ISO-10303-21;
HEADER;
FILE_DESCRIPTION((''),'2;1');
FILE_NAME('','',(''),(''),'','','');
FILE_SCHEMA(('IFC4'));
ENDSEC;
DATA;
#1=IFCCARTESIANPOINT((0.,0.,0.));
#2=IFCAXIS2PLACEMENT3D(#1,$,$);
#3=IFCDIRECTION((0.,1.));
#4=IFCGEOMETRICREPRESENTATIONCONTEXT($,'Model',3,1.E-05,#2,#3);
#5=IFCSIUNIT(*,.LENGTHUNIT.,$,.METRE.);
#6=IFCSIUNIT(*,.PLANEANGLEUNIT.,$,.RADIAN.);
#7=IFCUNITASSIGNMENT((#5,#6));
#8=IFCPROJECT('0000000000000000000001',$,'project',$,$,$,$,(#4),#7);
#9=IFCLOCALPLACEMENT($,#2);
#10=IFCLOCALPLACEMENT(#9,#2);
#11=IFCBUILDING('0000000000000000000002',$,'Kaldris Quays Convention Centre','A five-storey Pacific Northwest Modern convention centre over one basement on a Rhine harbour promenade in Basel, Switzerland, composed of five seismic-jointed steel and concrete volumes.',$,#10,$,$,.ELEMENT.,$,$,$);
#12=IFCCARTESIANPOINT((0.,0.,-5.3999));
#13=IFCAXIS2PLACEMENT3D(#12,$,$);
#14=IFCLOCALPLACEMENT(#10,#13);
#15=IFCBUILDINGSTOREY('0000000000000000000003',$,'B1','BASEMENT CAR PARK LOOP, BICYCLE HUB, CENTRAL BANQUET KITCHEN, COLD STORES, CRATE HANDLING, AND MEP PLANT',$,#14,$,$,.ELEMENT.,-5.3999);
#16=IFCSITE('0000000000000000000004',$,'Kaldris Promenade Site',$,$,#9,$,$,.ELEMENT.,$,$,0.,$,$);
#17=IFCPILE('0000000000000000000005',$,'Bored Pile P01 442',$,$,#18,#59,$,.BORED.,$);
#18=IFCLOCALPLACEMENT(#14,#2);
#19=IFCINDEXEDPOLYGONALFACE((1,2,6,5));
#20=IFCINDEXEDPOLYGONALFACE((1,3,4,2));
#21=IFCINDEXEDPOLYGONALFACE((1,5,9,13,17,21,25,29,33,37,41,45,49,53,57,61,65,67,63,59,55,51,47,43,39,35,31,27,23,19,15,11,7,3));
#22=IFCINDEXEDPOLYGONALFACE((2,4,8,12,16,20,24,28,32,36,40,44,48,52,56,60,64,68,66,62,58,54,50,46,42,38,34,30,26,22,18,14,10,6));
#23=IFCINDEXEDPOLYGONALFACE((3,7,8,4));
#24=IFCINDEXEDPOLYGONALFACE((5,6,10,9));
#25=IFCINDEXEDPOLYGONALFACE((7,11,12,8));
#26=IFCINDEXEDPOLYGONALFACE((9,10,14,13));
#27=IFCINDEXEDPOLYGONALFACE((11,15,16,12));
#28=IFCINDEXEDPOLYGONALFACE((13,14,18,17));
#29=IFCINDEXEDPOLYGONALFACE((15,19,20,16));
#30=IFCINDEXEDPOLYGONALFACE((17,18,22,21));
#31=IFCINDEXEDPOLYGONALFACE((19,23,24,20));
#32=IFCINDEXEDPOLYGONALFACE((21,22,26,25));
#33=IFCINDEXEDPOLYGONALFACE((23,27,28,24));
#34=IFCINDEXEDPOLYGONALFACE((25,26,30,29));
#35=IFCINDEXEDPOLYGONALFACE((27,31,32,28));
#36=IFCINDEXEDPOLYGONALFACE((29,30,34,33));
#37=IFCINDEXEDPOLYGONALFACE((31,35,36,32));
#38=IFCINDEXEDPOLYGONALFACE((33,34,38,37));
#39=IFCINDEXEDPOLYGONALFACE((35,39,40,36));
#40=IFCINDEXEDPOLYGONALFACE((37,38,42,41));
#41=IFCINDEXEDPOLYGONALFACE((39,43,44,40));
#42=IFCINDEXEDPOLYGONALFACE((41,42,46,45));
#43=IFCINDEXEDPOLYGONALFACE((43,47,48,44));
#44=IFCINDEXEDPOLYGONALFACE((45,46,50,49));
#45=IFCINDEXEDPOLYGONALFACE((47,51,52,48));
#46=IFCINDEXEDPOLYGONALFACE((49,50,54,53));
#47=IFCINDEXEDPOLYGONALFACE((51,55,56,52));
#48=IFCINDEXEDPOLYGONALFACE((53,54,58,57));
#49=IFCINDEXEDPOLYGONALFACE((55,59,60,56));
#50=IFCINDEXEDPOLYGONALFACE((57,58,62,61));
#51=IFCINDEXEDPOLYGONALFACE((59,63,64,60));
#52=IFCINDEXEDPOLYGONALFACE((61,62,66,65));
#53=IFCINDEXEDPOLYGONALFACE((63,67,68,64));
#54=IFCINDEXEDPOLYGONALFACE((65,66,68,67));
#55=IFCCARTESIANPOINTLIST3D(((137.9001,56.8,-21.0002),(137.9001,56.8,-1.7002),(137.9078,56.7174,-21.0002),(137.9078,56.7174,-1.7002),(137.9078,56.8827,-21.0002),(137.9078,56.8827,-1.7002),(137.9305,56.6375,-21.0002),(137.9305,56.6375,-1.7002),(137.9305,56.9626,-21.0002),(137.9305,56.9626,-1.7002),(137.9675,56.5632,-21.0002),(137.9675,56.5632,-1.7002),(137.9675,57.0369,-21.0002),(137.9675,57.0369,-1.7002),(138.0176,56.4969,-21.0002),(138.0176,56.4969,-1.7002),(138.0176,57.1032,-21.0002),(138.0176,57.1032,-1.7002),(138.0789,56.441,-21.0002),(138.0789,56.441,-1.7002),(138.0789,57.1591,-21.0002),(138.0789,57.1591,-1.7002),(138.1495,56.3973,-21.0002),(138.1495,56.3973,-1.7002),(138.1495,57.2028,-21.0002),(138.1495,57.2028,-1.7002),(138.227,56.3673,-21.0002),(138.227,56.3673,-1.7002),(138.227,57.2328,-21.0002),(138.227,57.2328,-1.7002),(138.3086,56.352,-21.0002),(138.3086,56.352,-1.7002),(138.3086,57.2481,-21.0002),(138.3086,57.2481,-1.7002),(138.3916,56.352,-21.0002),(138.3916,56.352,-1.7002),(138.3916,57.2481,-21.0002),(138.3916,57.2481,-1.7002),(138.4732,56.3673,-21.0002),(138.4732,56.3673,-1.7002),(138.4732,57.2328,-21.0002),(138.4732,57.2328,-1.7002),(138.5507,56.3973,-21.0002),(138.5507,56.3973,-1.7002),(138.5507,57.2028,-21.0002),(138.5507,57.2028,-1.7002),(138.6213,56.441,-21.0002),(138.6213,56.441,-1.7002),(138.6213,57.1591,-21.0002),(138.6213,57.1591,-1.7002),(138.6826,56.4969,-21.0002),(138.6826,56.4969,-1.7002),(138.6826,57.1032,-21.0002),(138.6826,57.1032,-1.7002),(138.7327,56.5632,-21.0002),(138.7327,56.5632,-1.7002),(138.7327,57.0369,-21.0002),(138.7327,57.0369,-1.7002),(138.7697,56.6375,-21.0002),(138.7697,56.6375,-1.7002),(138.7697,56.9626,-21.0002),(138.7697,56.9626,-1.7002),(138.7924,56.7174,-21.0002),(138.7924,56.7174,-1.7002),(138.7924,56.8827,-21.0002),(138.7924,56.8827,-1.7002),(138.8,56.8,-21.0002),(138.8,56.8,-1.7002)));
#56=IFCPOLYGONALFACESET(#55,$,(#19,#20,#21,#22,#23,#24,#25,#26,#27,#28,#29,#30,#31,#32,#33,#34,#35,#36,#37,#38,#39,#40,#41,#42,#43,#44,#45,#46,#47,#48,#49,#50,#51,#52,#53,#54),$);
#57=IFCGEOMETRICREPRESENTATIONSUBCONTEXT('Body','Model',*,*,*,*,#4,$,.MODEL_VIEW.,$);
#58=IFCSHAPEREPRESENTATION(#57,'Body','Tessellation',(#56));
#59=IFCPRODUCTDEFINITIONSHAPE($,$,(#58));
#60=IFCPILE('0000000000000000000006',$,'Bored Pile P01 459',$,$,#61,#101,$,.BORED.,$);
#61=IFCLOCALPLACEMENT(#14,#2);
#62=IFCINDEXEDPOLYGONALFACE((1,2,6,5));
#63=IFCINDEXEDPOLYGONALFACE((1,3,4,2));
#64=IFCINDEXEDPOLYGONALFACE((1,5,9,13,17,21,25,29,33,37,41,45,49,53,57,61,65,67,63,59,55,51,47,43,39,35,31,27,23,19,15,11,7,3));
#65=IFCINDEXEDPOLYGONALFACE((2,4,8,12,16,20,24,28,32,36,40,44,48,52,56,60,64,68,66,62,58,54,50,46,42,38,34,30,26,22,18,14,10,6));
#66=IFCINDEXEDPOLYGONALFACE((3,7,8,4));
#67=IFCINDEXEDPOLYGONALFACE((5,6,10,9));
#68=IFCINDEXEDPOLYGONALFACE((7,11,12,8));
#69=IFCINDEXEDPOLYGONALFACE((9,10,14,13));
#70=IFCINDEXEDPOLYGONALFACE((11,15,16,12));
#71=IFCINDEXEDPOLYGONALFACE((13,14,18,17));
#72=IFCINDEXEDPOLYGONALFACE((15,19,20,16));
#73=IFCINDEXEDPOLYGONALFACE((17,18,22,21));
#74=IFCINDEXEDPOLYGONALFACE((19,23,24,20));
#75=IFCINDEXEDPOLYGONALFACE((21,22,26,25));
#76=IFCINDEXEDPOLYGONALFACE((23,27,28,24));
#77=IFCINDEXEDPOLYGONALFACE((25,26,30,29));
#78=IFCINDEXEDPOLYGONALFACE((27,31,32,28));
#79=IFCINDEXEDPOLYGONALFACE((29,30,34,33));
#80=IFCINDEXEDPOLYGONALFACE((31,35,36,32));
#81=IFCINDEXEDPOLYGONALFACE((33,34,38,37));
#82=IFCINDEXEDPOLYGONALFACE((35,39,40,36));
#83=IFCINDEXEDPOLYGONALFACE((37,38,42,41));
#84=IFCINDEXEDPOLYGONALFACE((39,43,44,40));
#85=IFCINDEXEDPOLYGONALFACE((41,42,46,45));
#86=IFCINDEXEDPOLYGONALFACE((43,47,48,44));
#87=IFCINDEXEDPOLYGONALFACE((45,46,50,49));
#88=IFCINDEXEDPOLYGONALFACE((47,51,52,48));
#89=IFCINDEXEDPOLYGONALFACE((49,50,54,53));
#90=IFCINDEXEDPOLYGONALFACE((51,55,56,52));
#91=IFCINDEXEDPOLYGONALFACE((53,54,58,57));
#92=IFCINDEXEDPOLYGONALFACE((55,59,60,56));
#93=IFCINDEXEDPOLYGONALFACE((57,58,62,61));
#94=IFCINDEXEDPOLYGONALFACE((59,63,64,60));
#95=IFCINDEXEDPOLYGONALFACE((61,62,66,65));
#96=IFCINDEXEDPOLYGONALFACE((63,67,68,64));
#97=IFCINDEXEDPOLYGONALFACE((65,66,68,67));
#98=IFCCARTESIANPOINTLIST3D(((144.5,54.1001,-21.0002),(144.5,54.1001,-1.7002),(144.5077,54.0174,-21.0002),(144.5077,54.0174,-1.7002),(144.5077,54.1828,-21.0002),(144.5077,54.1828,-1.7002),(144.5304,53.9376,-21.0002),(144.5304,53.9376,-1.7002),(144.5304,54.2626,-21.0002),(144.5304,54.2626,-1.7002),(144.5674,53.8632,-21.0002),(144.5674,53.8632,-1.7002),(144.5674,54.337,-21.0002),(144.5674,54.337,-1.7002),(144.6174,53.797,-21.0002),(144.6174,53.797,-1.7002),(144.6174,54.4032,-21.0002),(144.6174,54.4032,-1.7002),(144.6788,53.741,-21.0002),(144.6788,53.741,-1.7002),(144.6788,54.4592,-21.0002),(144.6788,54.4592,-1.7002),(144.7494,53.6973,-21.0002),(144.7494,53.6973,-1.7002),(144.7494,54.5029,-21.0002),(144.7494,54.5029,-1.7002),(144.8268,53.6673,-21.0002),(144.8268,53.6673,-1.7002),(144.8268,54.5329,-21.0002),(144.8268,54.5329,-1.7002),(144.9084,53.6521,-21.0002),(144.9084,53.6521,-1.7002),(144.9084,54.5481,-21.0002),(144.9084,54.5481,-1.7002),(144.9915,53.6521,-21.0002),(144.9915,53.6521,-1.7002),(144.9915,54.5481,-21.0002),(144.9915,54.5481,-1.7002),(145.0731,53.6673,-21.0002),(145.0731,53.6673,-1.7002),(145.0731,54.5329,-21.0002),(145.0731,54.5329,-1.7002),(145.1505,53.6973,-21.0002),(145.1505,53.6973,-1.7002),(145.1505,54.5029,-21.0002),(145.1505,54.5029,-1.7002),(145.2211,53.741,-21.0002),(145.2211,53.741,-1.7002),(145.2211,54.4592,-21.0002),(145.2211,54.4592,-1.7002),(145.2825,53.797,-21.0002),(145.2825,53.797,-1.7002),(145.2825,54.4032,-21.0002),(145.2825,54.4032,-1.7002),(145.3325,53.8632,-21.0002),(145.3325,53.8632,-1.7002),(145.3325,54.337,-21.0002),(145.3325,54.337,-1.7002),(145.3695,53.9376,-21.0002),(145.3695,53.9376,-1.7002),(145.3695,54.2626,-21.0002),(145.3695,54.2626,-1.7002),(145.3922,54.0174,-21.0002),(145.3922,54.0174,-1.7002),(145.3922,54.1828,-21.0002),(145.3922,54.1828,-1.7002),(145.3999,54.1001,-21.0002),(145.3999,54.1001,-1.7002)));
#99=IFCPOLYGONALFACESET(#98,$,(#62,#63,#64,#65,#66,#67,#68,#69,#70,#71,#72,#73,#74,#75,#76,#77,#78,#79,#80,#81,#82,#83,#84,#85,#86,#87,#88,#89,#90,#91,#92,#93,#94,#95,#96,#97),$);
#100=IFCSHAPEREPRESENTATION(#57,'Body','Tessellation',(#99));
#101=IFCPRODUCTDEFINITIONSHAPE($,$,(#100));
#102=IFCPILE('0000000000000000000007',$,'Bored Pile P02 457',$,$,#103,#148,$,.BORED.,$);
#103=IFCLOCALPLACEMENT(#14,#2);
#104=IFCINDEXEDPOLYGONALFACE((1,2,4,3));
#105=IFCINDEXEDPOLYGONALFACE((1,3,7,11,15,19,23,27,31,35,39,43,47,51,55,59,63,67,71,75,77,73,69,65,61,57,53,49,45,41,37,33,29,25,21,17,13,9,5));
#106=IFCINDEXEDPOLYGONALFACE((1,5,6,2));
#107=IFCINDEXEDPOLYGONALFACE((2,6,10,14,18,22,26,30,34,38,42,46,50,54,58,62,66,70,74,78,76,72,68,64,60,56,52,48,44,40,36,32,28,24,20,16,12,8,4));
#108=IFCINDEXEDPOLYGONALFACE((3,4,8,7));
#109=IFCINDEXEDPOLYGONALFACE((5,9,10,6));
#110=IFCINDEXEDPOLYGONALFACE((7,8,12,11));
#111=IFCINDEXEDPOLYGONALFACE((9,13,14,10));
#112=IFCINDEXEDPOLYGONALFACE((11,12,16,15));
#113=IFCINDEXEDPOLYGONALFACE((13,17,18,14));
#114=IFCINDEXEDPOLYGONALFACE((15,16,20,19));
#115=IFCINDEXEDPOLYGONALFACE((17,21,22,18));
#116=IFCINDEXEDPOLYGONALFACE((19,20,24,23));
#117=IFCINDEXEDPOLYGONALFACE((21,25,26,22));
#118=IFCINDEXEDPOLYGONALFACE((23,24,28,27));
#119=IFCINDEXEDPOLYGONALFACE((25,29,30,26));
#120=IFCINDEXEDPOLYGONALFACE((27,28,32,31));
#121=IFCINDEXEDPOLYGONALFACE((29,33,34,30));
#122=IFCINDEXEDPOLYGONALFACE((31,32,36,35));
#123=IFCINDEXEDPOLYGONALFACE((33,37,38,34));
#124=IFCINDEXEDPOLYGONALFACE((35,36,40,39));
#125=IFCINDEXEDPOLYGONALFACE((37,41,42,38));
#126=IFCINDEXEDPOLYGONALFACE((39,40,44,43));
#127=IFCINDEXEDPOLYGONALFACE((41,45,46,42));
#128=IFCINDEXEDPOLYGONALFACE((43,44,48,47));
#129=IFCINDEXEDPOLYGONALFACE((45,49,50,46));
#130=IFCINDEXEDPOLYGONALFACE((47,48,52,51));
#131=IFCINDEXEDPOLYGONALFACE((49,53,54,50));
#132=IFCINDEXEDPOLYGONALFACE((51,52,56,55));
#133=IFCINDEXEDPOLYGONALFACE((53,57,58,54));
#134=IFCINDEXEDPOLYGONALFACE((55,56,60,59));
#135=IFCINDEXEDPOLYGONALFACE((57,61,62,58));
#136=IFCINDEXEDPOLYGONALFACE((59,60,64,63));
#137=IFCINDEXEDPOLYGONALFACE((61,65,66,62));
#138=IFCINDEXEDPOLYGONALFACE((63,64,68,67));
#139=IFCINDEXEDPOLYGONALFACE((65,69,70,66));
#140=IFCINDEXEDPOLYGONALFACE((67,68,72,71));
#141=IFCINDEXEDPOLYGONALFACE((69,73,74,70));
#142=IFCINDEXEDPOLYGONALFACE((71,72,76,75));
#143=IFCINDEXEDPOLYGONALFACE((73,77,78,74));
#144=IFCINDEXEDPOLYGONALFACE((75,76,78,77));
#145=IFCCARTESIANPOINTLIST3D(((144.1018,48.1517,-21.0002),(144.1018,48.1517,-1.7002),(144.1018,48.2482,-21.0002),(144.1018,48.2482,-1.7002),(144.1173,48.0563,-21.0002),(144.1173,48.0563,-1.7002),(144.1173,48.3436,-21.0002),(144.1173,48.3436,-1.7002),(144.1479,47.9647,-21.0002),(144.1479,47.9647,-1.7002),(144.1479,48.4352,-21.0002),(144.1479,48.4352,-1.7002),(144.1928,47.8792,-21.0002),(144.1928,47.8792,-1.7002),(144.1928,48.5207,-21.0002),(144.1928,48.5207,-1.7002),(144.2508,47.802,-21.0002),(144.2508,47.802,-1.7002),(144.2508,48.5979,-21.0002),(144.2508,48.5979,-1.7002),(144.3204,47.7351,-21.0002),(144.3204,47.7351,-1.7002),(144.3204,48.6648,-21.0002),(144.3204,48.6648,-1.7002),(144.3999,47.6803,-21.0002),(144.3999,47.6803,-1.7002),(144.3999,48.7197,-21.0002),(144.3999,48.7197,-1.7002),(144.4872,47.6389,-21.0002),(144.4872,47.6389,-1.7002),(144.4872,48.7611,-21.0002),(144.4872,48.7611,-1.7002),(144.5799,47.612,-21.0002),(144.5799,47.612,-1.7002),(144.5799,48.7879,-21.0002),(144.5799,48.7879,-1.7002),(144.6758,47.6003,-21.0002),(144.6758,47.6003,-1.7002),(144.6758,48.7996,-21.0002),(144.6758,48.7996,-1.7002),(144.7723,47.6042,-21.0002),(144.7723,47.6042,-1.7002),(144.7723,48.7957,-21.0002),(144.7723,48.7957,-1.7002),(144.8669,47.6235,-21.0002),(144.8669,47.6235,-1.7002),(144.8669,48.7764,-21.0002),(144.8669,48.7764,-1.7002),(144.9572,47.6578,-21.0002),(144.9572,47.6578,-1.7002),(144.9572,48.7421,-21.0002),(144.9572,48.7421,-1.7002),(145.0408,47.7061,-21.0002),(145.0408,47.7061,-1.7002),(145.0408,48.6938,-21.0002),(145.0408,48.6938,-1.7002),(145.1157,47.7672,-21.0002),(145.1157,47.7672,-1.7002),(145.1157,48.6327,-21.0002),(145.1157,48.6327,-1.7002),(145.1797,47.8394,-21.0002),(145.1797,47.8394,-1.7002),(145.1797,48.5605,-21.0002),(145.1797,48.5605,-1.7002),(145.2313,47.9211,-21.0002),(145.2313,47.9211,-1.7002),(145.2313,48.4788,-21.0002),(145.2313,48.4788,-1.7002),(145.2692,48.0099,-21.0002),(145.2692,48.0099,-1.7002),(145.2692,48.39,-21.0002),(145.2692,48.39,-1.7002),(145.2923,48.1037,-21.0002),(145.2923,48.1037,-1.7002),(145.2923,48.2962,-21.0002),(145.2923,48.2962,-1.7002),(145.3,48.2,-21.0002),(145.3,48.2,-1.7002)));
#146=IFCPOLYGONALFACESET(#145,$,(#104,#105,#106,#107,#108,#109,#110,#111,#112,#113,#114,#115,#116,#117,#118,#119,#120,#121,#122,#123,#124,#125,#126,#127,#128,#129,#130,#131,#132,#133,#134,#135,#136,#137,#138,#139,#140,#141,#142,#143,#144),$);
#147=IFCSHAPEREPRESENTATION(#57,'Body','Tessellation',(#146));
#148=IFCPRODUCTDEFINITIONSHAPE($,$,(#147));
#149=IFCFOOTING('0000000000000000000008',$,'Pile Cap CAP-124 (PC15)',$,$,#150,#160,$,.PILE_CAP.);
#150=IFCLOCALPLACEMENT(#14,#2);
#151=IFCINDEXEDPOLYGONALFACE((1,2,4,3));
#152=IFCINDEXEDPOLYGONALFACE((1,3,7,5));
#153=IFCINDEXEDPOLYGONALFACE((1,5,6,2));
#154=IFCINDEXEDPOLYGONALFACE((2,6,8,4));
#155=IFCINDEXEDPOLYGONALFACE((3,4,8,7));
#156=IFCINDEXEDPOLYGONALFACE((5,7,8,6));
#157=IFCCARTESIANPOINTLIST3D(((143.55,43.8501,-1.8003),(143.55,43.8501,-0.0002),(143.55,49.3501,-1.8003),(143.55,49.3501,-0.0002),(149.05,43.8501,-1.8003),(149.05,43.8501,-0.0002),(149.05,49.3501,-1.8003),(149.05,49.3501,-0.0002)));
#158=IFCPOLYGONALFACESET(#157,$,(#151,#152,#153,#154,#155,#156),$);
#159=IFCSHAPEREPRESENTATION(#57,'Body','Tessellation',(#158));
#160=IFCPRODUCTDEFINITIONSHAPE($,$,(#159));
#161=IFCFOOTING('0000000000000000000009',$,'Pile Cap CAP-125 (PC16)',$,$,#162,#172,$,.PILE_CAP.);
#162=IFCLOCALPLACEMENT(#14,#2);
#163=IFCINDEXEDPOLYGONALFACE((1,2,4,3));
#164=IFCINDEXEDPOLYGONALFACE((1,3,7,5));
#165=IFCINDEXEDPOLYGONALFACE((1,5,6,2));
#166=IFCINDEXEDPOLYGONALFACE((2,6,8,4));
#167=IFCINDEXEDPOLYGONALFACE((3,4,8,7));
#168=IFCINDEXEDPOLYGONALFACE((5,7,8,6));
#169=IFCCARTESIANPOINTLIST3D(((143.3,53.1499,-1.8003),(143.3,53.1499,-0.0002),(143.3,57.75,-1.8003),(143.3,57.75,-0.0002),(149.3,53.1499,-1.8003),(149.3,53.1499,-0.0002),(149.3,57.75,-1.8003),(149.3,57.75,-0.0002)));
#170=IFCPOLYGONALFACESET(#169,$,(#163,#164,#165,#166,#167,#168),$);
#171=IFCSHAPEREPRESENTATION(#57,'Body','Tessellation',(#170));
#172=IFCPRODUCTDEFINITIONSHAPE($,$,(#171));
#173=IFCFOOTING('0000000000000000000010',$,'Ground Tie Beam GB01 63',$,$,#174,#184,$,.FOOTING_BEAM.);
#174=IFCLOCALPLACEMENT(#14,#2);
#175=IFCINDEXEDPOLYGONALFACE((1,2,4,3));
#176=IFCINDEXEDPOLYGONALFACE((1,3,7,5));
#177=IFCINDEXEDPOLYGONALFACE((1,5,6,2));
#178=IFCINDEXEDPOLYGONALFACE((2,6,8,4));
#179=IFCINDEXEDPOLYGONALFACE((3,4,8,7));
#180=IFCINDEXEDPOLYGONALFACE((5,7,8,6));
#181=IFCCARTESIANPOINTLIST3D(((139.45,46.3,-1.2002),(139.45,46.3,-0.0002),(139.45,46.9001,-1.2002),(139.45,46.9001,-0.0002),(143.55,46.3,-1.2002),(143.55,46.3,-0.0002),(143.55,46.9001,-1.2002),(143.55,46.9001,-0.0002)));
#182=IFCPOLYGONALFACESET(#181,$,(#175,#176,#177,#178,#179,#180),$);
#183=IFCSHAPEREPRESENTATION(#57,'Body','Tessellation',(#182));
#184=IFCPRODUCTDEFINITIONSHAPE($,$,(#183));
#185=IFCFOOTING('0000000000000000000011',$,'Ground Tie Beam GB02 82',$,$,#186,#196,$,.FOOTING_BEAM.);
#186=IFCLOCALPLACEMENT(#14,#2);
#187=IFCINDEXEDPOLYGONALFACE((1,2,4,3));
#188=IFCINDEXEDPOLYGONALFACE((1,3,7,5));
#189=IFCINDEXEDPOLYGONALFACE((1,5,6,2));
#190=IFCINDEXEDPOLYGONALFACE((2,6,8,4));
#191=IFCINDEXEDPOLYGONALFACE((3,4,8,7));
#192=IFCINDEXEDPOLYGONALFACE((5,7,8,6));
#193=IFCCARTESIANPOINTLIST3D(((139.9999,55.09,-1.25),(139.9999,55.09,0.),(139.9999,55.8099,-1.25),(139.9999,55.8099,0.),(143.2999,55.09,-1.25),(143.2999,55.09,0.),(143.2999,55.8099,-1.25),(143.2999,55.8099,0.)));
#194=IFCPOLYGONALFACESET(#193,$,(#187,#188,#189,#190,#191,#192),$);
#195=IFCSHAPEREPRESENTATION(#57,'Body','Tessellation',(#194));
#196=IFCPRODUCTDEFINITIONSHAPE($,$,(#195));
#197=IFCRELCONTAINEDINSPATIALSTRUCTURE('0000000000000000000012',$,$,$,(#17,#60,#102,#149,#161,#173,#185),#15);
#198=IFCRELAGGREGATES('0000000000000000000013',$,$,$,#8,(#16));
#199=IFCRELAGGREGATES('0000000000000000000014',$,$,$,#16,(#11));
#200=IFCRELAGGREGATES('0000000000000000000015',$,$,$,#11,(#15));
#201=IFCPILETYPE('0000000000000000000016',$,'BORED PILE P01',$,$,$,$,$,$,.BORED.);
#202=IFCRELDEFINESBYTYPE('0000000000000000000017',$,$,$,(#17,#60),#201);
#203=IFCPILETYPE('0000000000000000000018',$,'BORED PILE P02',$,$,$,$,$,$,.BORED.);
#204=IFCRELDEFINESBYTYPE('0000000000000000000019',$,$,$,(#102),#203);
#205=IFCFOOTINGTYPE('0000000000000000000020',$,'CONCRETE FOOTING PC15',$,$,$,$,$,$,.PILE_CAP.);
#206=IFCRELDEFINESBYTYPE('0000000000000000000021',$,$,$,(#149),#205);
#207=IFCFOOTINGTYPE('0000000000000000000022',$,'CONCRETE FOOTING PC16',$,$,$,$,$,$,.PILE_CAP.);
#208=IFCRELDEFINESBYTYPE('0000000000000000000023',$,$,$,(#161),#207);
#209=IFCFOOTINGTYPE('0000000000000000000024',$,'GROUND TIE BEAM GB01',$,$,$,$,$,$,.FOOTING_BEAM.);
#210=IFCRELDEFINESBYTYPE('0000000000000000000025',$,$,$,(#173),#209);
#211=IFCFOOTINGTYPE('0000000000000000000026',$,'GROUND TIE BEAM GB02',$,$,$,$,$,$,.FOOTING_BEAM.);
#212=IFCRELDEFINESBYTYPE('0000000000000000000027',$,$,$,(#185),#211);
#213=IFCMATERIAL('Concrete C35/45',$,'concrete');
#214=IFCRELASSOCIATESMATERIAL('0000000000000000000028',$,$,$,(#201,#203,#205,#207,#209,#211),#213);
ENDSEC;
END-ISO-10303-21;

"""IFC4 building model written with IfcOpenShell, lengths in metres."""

from ifc_helpers import new_model, si_unit, direction, frame, origin, origin_2d, place, context, subcontext, project, spatial, rectangle, circle, extrude, material, material_profile, profile_set, type_object, element, save


model = new_model("IFC4")

# Units and contexts
model_context = context("Model", 3, precision=1e-05, world=origin(), true_north=direction((0.0, 1.0)))
body_context = subcontext(model_context, "Body", "Model", "MODEL_VIEW")
ifc_project = project(units=[si_unit("LENGTHUNIT", "METRE"), si_unit("PLANEANGLEUNIT", "RADIAN")], contexts=[model_context])

# Site, building, storey
site_placement = place(None, origin())
site = spatial("IfcSite", under=ifc_project, at=site_placement, Name="Kaldris Promenade Site", CompositionType="ELEMENT", RefElevation=0.0)
building_placement = place(site_placement, origin())
building = spatial("IfcBuilding", under=site, at=building_placement, Name="Kaldris Quays Convention Centre", Description="A five-storey Pacific Northwest Modern convention centre over one basement on a Rhine harbour promenade in Basel, Switzerland, composed of five seismic-jointed steel and concrete volumes.", CompositionType="ELEMENT")
storey_placement = place(building_placement, frame((0.0, 0.0, -5.3999)))
storey = spatial("IfcBuildingStorey", under=building, at=storey_placement, Name="B1", Description="BASEMENT CAR PARK LOOP, BICYCLE HUB, CENTRAL BANQUET KITCHEN, COLD STORES, CRATE HANDLING, AND MEP PLANT", CompositionType="ELEMENT", Elevation=-5.3999)

# Piles
ifc_material_1 = material(Name="Concrete C35/45", Category="concrete")
ifc_material_profile_1 = material_profile(ifc_material_1, circle(Radius=0.45, at=origin_2d()), Name="BORED PILE D900")
ifc_profile_set_1 = profile_set([ifc_material_profile_1], Name="Concrete C35/45")
pile_type_1 = type_object("IfcPileType", Name="BORED PILE P01", PredefinedType="BORED", material=ifc_profile_set_1)
for number, where, z_axis, x_axis, name in (
    (1, (138.3501, 56.8, -1.7002), (0.0, 0.0, -1.0), (1.0, 0.0, 0.0), "Bored Pile P01 442"),
    (2, (144.95, 54.1001, -1.7002), (0.0, 0.0, -1.0), (1.0, 0.0, 0.0), "Bored Pile P01 459"),
):
    element("IfcPile", number, at=place(storey_placement, frame(where, z_axis=z_axis, x_axis=x_axis)), inside=storey, type_object=pile_type_1, Name=name, PredefinedType="BORED", context=body_context, shape_type="SweptSolid", body=[
        extrude(circle(Radius=0.45, at=origin_2d()), origin(), (0.0, 0.0, 1.0), 19.3),
    ])
ifc_material_profile_2 = material_profile(ifc_material_1, circle(Radius=0.6001, at=origin_2d()), Name="BORED PILE D1200")
ifc_profile_set_2 = profile_set([ifc_material_profile_2], Name="Concrete C35/45")
pile_type_2 = type_object("IfcPileType", Name="BORED PILE P02", PredefinedType="BORED", material=ifc_profile_set_2)
pile_placement = place(storey_placement, frame((144.7, 48.2, -1.7002), z_axis=(0.0, 0.0, -1.0), x_axis=(1.0, 0.0, 0.0)))
element("IfcPile", 3, at=pile_placement, inside=storey, type_object=pile_type_2, Name="Bored Pile P02 457", PredefinedType="BORED", context=body_context, shape_type="SweptSolid", body=[
    extrude(circle(Radius=0.6001, at=origin_2d()), origin(), (0.0, 0.0, 1.0), 19.3),
])

# Footings
footing_type_1 = type_object("IfcFootingType", Name="CONCRETE FOOTING PC15", PredefinedType="PILE_CAP", material=ifc_material_1)
footing_1_placement = place(storey_placement, frame((146.3, 46.6001, -1.8003), z_axis=(0.0, 0.0, 1.0), x_axis=(1.0, 0.0, 0.0)))
element("IfcFooting", 4, at=footing_1_placement, inside=storey, type_object=footing_type_1, Name="Pile Cap CAP-124 (PC15)", PredefinedType="PILE_CAP", context=body_context, shape_type="SweptSolid", body=[
    extrude(rectangle(XDim=5.5, YDim=5.5, at=origin_2d()), origin(), (0.0, 0.0, 1.0), 1.8),
])
footing_type_2 = type_object("IfcFootingType", Name="CONCRETE FOOTING PC16", PredefinedType="PILE_CAP", material=ifc_material_1)
footing_2_placement = place(storey_placement, frame((146.3, 55.45, -1.8003), z_axis=(0.0, 0.0, 1.0), x_axis=(1.0, 0.0, 0.0)))
element("IfcFooting", 5, at=footing_2_placement, inside=storey, type_object=footing_type_2, Name="Pile Cap CAP-125 (PC16)", PredefinedType="PILE_CAP", context=body_context, shape_type="SweptSolid", body=[
    extrude(rectangle(XDim=6.0, YDim=4.6001, at=origin_2d()), origin(), (0.0, 0.0, 1.0), 1.8),
])
footing_type_3 = type_object("IfcFootingType", Name="GROUND TIE BEAM GB01", PredefinedType="FOOTING_BEAM", material=ifc_material_1)
footing_3_placement = place(storey_placement, frame((141.5, 46.6001, -1.2002), z_axis=(0.0, 0.0, 1.0), x_axis=(1.0, 0.0, 0.0)))
element("IfcFooting", 6, at=footing_3_placement, inside=storey, type_object=footing_type_3, Name="Ground Tie Beam GB01 63", PredefinedType="FOOTING_BEAM", context=body_context, shape_type="SweptSolid", body=[
    extrude(rectangle(XDim=4.1001, YDim=0.6001, at=origin_2d()), origin(), (0.0, 0.0, 1.0), 1.2),
])
footing_type_4 = type_object("IfcFootingType", Name="GROUND TIE BEAM GB02", PredefinedType="FOOTING_BEAM", material=ifc_material_1)
footing_4_placement = place(storey_placement, frame((141.6499, 55.45, -1.25), z_axis=(0.0, 0.0, 1.0), x_axis=(1.0, 0.0, 0.0)))
element("IfcFooting", 7, at=footing_4_placement, inside=storey, type_object=footing_type_4, Name="Ground Tie Beam GB02 82", PredefinedType="FOOTING_BEAM", context=body_context, shape_type="SweptSolid", body=[
    extrude(rectangle(XDim=3.3, YDim=0.72, at=origin_2d()), origin(), (0.0, 0.0, 1.0), 1.25),
])

save(model, "model.ifc")
